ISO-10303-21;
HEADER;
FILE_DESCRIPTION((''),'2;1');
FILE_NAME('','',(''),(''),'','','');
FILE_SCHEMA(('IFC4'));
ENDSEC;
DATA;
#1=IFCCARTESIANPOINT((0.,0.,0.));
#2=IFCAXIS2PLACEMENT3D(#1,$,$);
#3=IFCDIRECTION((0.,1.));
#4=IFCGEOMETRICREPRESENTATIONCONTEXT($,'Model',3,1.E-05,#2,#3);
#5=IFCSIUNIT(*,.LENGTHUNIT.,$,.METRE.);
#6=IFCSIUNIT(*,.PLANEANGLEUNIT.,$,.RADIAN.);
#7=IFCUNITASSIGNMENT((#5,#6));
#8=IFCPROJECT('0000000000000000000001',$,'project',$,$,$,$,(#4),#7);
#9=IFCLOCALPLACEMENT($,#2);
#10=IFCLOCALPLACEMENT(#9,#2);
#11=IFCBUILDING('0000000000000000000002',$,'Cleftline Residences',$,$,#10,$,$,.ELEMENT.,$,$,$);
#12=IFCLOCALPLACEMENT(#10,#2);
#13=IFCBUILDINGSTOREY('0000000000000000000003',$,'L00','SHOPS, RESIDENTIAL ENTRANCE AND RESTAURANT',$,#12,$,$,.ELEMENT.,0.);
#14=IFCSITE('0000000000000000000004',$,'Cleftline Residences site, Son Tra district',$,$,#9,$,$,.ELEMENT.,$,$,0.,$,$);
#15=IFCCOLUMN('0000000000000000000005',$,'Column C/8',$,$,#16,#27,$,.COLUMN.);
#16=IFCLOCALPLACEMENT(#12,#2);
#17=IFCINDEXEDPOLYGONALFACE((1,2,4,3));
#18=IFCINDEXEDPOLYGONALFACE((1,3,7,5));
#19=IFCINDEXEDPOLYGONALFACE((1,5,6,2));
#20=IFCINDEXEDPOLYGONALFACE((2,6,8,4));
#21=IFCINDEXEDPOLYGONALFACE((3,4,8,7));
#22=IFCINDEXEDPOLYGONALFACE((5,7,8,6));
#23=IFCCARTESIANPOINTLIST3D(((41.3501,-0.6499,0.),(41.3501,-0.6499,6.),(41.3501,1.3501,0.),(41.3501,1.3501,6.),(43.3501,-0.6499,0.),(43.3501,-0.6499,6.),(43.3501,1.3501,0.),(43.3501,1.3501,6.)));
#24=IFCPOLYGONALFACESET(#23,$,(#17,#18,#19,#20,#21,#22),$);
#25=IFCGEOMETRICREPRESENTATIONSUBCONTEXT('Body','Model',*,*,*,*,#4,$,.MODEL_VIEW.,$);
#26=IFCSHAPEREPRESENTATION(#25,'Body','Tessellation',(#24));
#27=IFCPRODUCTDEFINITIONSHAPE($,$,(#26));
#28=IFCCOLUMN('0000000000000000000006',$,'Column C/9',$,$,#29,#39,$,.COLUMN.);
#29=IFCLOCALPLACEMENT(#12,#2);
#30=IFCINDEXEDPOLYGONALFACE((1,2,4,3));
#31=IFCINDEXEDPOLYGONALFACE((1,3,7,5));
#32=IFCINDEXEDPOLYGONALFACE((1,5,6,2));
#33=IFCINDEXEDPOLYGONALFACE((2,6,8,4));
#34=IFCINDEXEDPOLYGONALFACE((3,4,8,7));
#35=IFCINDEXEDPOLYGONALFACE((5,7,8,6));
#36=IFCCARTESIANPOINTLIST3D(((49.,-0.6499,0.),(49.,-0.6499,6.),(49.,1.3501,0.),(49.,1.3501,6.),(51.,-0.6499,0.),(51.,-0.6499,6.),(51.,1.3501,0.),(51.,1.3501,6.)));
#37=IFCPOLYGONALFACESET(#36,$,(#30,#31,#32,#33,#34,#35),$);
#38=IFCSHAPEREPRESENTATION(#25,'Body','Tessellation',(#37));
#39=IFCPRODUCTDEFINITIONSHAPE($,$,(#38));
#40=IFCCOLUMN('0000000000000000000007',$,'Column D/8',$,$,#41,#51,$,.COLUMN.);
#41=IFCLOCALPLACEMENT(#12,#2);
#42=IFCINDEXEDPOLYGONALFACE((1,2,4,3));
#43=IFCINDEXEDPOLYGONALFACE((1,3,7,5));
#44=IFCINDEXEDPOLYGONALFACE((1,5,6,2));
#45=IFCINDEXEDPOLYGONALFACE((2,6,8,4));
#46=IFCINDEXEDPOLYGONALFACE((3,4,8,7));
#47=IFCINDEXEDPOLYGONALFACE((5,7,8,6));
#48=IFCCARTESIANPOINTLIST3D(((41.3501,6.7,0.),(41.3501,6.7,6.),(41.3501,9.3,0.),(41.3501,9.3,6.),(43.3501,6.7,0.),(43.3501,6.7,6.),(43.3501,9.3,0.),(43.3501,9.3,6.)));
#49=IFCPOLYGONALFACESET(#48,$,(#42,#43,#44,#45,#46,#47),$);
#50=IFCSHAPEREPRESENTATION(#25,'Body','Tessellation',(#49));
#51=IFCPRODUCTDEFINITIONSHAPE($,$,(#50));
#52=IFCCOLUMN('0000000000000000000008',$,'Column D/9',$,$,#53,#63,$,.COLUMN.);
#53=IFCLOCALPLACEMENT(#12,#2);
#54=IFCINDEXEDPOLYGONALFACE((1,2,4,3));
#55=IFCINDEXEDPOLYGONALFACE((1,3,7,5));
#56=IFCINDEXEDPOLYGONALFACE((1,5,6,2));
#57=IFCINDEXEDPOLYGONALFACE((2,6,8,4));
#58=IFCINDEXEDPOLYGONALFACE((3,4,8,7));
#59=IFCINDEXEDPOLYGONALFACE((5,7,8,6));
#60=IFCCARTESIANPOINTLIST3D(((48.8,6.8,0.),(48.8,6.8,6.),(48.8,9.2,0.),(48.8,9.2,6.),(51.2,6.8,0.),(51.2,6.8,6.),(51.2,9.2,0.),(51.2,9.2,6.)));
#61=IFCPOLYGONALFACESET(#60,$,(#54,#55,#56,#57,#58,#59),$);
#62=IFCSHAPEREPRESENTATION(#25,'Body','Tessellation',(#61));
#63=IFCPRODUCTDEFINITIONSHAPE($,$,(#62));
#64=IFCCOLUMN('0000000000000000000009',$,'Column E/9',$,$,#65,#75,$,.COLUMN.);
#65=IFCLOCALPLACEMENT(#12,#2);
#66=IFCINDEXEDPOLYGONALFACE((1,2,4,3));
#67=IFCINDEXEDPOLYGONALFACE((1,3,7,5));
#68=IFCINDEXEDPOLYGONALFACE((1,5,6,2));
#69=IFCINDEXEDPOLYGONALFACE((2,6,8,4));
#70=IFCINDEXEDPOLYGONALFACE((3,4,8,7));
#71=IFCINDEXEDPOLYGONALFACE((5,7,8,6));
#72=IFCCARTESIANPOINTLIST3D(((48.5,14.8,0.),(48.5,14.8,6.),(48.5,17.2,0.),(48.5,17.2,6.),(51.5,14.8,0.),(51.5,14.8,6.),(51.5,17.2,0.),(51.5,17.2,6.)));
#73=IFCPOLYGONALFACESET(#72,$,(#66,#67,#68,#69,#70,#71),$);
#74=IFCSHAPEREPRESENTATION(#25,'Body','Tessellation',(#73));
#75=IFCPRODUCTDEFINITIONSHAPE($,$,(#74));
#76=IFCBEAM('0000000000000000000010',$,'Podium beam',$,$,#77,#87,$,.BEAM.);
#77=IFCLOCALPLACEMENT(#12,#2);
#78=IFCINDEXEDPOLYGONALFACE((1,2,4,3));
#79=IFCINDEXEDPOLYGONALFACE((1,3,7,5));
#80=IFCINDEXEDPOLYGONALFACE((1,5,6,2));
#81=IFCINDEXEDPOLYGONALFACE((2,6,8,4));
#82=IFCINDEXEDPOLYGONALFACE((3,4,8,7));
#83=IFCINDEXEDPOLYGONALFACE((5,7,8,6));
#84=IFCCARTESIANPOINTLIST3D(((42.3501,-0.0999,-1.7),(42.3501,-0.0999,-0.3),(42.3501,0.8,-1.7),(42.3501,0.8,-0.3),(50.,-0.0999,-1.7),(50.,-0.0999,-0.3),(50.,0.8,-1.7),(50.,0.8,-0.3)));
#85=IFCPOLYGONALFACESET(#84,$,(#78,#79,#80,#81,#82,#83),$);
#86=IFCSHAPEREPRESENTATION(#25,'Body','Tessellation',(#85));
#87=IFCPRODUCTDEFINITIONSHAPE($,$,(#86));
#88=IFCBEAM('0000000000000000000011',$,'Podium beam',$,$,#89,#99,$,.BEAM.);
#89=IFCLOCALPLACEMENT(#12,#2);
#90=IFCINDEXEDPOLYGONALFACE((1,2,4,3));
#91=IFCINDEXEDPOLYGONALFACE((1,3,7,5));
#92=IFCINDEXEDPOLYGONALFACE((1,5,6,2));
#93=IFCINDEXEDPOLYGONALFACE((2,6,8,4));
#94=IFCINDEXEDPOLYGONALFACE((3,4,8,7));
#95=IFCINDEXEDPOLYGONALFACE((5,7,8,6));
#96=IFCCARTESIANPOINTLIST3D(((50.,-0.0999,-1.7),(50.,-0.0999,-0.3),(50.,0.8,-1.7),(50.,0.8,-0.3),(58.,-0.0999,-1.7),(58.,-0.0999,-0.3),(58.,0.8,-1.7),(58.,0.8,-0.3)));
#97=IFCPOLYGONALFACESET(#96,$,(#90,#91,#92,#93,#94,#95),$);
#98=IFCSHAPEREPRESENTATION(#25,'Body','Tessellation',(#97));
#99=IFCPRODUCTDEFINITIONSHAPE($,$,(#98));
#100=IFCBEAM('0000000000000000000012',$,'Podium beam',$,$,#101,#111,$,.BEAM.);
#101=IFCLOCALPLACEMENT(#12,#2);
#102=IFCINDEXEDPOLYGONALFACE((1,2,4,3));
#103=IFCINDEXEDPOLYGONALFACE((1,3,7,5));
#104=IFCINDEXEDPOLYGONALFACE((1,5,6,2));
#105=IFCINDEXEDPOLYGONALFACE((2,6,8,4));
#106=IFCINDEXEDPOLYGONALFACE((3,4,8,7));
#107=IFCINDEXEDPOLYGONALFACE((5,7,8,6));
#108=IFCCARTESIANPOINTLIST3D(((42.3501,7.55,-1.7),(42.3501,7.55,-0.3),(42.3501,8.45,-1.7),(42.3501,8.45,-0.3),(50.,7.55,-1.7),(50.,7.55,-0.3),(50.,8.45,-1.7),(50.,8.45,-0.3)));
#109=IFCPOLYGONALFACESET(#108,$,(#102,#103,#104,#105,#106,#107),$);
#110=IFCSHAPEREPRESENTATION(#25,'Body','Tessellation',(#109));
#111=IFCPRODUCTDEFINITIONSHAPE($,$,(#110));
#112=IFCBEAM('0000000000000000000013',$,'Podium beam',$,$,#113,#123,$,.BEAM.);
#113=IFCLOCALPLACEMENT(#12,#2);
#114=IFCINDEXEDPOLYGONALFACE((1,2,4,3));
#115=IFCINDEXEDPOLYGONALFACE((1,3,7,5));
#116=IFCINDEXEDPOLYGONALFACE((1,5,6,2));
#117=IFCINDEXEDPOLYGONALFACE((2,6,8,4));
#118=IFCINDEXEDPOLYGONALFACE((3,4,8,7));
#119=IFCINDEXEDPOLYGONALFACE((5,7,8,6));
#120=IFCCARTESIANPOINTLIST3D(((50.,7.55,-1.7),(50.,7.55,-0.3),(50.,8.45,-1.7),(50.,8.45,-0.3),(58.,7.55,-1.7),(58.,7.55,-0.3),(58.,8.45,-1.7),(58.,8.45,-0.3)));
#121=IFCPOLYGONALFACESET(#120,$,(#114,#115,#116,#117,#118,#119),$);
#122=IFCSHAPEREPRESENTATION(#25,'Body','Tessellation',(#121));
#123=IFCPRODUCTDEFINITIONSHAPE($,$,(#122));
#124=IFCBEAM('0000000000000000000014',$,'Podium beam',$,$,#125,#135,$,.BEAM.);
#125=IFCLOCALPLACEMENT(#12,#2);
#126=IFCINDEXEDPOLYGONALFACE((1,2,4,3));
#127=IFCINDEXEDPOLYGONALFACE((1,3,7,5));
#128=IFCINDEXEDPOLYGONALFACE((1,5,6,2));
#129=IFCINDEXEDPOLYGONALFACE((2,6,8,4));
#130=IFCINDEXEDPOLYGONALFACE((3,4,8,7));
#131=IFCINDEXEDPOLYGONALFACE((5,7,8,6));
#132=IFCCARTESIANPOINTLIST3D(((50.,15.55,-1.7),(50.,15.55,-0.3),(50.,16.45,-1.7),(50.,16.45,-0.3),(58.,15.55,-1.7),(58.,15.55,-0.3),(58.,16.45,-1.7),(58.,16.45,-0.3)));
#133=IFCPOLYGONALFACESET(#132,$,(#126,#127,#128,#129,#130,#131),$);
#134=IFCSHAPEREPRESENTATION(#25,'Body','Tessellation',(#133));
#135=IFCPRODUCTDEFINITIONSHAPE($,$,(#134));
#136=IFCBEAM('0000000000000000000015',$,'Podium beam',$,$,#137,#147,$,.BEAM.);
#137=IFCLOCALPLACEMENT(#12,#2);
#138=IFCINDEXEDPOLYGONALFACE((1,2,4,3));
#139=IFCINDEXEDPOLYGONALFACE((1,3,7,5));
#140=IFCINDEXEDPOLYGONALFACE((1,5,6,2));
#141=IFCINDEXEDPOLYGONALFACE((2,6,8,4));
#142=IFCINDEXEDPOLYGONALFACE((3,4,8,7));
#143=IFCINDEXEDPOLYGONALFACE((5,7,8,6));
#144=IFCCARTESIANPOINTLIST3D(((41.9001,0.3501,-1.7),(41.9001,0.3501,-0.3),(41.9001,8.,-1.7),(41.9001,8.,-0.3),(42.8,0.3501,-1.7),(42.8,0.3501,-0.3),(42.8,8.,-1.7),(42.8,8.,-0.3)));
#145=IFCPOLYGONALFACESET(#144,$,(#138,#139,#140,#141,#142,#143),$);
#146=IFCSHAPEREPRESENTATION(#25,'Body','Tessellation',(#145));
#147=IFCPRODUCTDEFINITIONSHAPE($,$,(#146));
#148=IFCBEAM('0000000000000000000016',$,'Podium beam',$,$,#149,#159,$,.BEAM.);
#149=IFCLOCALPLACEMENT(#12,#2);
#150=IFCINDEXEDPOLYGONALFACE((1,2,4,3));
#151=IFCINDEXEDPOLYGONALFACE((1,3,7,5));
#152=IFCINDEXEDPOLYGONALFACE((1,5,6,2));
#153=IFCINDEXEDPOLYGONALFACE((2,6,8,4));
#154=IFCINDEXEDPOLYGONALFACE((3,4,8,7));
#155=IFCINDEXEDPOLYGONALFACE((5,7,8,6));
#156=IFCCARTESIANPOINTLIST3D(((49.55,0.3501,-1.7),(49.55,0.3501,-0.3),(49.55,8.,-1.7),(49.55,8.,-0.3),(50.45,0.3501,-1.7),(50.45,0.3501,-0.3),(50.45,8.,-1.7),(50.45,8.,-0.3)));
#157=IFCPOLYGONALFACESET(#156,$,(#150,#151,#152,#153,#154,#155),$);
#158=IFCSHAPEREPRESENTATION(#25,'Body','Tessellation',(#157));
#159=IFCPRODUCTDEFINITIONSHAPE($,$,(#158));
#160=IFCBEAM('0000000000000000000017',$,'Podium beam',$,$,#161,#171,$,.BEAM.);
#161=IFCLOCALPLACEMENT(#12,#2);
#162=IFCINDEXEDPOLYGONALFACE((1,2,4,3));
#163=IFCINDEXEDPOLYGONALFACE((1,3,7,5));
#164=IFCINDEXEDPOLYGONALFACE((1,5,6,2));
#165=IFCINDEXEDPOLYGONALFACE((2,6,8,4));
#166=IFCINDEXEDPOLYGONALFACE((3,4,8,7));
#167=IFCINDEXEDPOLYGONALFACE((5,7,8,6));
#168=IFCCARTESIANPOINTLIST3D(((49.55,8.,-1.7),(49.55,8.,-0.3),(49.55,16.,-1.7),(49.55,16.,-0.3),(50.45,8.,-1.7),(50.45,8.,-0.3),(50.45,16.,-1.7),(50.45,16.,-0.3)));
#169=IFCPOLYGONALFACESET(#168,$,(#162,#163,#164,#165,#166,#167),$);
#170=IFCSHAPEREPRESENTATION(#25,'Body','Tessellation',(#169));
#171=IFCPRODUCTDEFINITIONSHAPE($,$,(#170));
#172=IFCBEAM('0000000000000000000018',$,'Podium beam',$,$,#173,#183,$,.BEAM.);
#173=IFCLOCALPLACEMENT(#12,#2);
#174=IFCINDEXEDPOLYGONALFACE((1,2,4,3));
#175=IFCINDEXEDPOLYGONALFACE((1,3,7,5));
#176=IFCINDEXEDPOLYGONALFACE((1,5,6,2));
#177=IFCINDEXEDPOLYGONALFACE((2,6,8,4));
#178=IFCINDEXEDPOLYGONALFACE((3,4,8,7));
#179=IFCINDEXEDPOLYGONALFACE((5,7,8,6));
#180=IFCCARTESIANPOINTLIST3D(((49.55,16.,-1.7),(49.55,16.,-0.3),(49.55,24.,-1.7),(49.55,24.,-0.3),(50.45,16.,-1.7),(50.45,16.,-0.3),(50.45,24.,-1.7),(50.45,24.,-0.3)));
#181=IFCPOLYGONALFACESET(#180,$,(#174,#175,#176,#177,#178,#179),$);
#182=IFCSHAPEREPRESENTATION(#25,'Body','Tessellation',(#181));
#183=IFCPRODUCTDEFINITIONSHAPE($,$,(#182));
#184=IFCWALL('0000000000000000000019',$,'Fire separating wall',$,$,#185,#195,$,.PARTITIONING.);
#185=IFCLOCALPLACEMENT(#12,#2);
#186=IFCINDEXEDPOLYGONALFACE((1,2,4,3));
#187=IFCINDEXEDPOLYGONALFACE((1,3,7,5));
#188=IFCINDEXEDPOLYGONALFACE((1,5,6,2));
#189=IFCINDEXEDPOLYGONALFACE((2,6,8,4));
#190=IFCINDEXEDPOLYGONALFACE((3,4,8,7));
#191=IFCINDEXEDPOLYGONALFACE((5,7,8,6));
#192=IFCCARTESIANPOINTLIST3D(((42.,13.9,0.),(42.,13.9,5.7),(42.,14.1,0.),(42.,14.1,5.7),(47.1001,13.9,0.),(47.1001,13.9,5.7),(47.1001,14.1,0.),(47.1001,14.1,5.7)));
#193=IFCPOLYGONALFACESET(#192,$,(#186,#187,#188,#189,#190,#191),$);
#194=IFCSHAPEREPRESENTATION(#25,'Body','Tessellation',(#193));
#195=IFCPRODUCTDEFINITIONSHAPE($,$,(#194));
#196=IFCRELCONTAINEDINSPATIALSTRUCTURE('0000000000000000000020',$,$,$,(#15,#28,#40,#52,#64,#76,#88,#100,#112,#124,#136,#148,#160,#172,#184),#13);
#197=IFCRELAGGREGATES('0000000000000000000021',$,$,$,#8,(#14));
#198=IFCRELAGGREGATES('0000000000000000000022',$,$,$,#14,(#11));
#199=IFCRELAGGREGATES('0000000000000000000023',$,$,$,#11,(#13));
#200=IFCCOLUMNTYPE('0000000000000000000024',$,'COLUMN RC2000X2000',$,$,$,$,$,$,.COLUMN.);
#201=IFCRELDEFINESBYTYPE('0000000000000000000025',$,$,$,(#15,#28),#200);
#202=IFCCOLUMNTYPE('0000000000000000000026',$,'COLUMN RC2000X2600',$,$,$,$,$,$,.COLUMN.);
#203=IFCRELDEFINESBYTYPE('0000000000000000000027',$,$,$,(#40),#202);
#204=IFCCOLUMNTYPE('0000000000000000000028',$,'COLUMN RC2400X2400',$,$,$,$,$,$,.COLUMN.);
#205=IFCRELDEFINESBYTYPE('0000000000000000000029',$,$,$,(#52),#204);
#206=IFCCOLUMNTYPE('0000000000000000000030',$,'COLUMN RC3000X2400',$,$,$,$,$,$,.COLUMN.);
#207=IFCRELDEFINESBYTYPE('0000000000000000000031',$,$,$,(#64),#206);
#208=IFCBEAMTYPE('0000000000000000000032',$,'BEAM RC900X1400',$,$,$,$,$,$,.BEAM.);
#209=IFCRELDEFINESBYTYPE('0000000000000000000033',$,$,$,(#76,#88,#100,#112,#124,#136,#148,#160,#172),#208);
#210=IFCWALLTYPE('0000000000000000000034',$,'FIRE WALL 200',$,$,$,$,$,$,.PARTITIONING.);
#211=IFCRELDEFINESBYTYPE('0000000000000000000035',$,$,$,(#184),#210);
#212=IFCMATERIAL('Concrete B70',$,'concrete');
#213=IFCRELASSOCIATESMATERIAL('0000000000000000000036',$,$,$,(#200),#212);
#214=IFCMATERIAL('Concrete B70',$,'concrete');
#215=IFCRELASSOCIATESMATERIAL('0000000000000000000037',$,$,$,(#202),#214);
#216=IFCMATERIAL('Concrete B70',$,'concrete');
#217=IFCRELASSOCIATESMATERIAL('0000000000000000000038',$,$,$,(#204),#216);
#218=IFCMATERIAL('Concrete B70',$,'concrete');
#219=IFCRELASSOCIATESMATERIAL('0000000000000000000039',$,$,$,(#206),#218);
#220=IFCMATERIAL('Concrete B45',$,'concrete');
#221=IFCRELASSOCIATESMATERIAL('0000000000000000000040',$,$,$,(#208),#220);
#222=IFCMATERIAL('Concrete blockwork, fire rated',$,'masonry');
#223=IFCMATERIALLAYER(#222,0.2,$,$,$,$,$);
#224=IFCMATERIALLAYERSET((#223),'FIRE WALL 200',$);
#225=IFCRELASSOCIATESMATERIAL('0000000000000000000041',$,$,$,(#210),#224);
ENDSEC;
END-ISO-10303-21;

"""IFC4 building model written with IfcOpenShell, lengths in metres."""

from ifc_helpers import new_model, si_unit, direction, frame, frame_2d, origin, origin_2d, place, context, subcontext, project, spatial, rectangle, extrude, material, layer, layer_set, material_profile, profile_set, type_object, element, save


model = new_model("IFC4")

# Units and contexts
model_context = context("Model", 3, precision=1e-05, world=origin(), true_north=direction((0.0, 1.0)))
body_context = subcontext(model_context, "Body", "Model", "MODEL_VIEW")
ifc_project = project(units=[si_unit("LENGTHUNIT", "METRE"), si_unit("PLANEANGLEUNIT", "RADIAN")], contexts=[model_context])

# Site, building, storey
site_placement = place(None, origin())
site = spatial("IfcSite", under=ifc_project, at=site_placement, Name="Cleftline Residences site, Son Tra district", CompositionType="ELEMENT", RefElevation=0.0)
building_placement = place(site_placement, origin())
building = spatial("IfcBuilding", under=site, at=building_placement, Name="Cleftline Residences", CompositionType="ELEMENT")
storey_placement = place(building_placement, origin())
storey = spatial("IfcBuildingStorey", under=building, at=storey_placement, Name="L00", Description="SHOPS, RESIDENTIAL ENTRANCE AND RESTAURANT", CompositionType="ELEMENT", Elevation=0.0)

# Columns
ifc_material_1 = material(Name="Concrete B70", Category="concrete")
ifc_material_profile_1 = material_profile(ifc_material_1, rectangle(XDim=2.0, YDim=2.0, at=origin_2d()))
ifc_profile_set_1 = profile_set([ifc_material_profile_1], Name="Concrete B70")
column_type_1 = type_object("IfcColumnType", Name="COLUMN RC2000X2000", PredefinedType="COLUMN", material=ifc_profile_set_1)
for number, where, z_axis, x_axis, name in (
    (1, (42.3501, 0.3501, 0.0), (0.0, 0.0, 1.0), (1.0, 0.0, 0.0), "Column C/8"),
    (2, (50.0, 0.3501, 0.0), (0.0, 0.0, 1.0), (1.0, 0.0, 0.0), "Column C/9"),
):
    element("IfcColumn", number, at=place(storey_placement, frame(where, z_axis=z_axis, x_axis=x_axis)), inside=storey, type_object=column_type_1, Name=name, PredefinedType="COLUMN", context=body_context, shape_type="SweptSolid", body=[
        extrude(rectangle(XDim=2.0, YDim=2.0, at=origin_2d()), origin(), (0.0, 0.0, 1.0), 6.0),
    ])
ifc_material_2 = material(Name="Concrete B70", Category="concrete")
ifc_material_profile_2 = material_profile(ifc_material_2, rectangle(XDim=2.0, YDim=2.6001, at=origin_2d()))
ifc_profile_set_2 = profile_set([ifc_material_profile_2], Name="Concrete B70")
column_type_2 = type_object("IfcColumnType", Name="COLUMN RC2000X2600", PredefinedType="COLUMN", material=ifc_profile_set_2)
column_1_placement = place(storey_placement, frame((42.3501, 8.0, 0.0), z_axis=(0.0, 0.0, 1.0), x_axis=(1.0, 0.0, 0.0)))
element("IfcColumn", 3, at=column_1_placement, inside=storey, type_object=column_type_2, Name="Column D/8", PredefinedType="COLUMN", context=body_context, shape_type="SweptSolid", body=[
    extrude(rectangle(XDim=2.0, YDim=2.6001, at=origin_2d()), origin(), (0.0, 0.0, 1.0), 6.0),
])
ifc_material_3 = material(Name="Concrete B70", Category="concrete")
ifc_material_profile_3 = material_profile(ifc_material_3, rectangle(XDim=2.3999, YDim=2.3999, at=origin_2d()))
ifc_profile_set_3 = profile_set([ifc_material_profile_3], Name="Concrete B70")
column_type_3 = type_object("IfcColumnType", Name="COLUMN RC2400X2400", PredefinedType="COLUMN", material=ifc_profile_set_3)
column_2_placement = place(storey_placement, frame((50.0, 8.0, 0.0), z_axis=(0.0, 0.0, 1.0), x_axis=(1.0, 0.0, 0.0)))
element("IfcColumn", 4, at=column_2_placement, inside=storey, type_object=column_type_3, Name="Column D/9", PredefinedType="COLUMN", context=body_context, shape_type="SweptSolid", body=[
    extrude(rectangle(XDim=2.3999, YDim=2.3999, at=origin_2d()), origin(), (0.0, 0.0, 1.0), 6.0),
])
ifc_material_4 = material(Name="Concrete B70", Category="concrete")
ifc_material_profile_4 = material_profile(ifc_material_4, rectangle(XDim=3.0, YDim=2.3999, at=origin_2d()))
ifc_profile_set_4 = profile_set([ifc_material_profile_4], Name="Concrete B70")
column_type_4 = type_object("IfcColumnType", Name="COLUMN RC3000X2400", PredefinedType="COLUMN", material=ifc_profile_set_4)
column_3_placement = place(storey_placement, frame((50.0, 16.0, 0.0), z_axis=(0.0, 0.0, 1.0), x_axis=(1.0, 0.0, 0.0)))
element("IfcColumn", 5, at=column_3_placement, inside=storey, type_object=column_type_4, Name="Column E/9", PredefinedType="COLUMN", context=body_context, shape_type="SweptSolid", body=[
    extrude(rectangle(XDim=3.0, YDim=2.3999, at=origin_2d()), origin(), (0.0, 0.0, 1.0), 6.0),
])

# Beams
ifc_material_5 = material(Name="Concrete B45", Category="concrete")
ifc_material_profile_5 = material_profile(ifc_material_5, rectangle(XDim=0.8999, YDim=1.3999, at=origin_2d()))
ifc_profile_set_5 = profile_set([ifc_material_profile_5], Name="Concrete B45")
beam_type = type_object("IfcBeamType", Name="BEAM RC900X1400", PredefinedType="BEAM", material=ifc_profile_set_5)
beam_1_placement = place(storey_placement, frame((42.3501, 0.3501, -1.0), z_axis=(1.0, 0.0, 0.0), x_axis=(0.0, 1.0, 0.0)))
element("IfcBeam", 6, at=beam_1_placement, inside=storey, type_object=beam_type, Name="Podium beam", PredefinedType="BEAM", context=body_context, shape_type="SweptSolid", body=[
    extrude(rectangle(XDim=0.8999, YDim=1.3999, at=origin_2d()), origin(), (0.0, 0.0, 1.0), 7.6499),
])
beam_2_placement = place(storey_placement, frame((50.0, 0.3501, -1.0), z_axis=(1.0, 0.0, 0.0), x_axis=(0.0, 1.0, 0.0)))
element("IfcBeam", 7, at=beam_2_placement, inside=storey, type_object=beam_type, Name="Podium beam", PredefinedType="BEAM", context=body_context, shape_type="SweptSolid", body=[
    extrude(rectangle(XDim=0.8999, YDim=1.3999, at=origin_2d()), origin(), (0.0, 0.0, 1.0), 8.0),
])
beam_3_placement = place(storey_placement, frame((42.3501, 8.0, -1.0), z_axis=(1.0, 0.0, 0.0), x_axis=(0.0, 1.0, 0.0)))
element("IfcBeam", 8, at=beam_3_placement, inside=storey, type_object=beam_type, Name="Podium beam", PredefinedType="BEAM", context=body_context, shape_type="SweptSolid", body=[
    extrude(rectangle(XDim=0.8999, YDim=1.3999, at=origin_2d()), origin(), (0.0, 0.0, 1.0), 7.6499),
])
for number, where, z_axis, x_axis, name in (
    (9, (50.0, 8.0, -1.0), (1.0, 0.0, 0.0), (0.0, 1.0, 0.0), "Podium beam"),
    (10, (50.0, 16.0, -1.0), (1.0, 0.0, 0.0), (0.0, 1.0, 0.0), "Podium beam"),
):
    element("IfcBeam", number, at=place(storey_placement, frame(where, z_axis=z_axis, x_axis=x_axis)), inside=storey, type_object=beam_type, Name=name, PredefinedType="BEAM", context=body_context, shape_type="SweptSolid", body=[
        extrude(rectangle(XDim=0.8999, YDim=1.3999, at=origin_2d()), origin(), (0.0, 0.0, 1.0), 8.0),
    ])
for number, where, z_axis, x_axis, name in (
    (11, (42.3501, 0.3501, -1.0), (0.0, 1.0, 0.0), (-1.0, 0.0, 0.0), "Podium beam"),
    (12, (50.0, 0.3501, -1.0), (0.0, 1.0, 0.0), (-1.0, 0.0, 0.0), "Podium beam"),
):
    element("IfcBeam", number, at=place(storey_placement, frame(where, z_axis=z_axis, x_axis=x_axis)), inside=storey, type_object=beam_type, Name=name, PredefinedType="BEAM", context=body_context, shape_type="SweptSolid", body=[
        extrude(rectangle(XDim=0.8999, YDim=1.3999, at=origin_2d()), origin(), (0.0, 0.0, 1.0), 7.6499),
    ])
for number, where, z_axis, x_axis, name in (
    (13, (50.0, 8.0, -1.0), (0.0, 1.0, 0.0), (-1.0, 0.0, 0.0), "Podium beam"),
    (14, (50.0, 16.0, -1.0), (0.0, 1.0, 0.0), (-1.0, 0.0, 0.0), "Podium beam"),
):
    element("IfcBeam", number, at=place(storey_placement, frame(where, z_axis=z_axis, x_axis=x_axis)), inside=storey, type_object=beam_type, Name=name, PredefinedType="BEAM", context=body_context, shape_type="SweptSolid", body=[
        extrude(rectangle(XDim=0.8999, YDim=1.3999, at=origin_2d()), origin(), (0.0, 0.0, 1.0), 8.0),
    ])

# Wall
ifc_material_6 = material(Name="Concrete blockwork, fire rated", Category="masonry")
ifc_layer_1 = layer(ifc_material_6, 0.2)
ifc_layer_set_1 = layer_set([ifc_layer_1], Name="FIRE WALL 200")
wall_type_1 = type_object("IfcWallType", Name="FIRE WALL 200", PredefinedType="PARTITIONING", material=ifc_layer_set_1)
for number, where, z_axis, x_axis, name in (
    (15, (42.0, 14.0, 0.0), (0.0, 0.0, 1.0), (1.0, 0.0, 0.0), "Fire separating wall"),
):
    element("IfcWall", number, at=place(storey_placement, frame(where, z_axis=z_axis, x_axis=x_axis)), inside=storey, type_object=wall_type_1, Name=name, PredefinedType="PARTITIONING", context=body_context, shape_type="SweptSolid", body=[
        extrude(rectangle(XDim=5.1001, YDim=0.2, at=frame_2d((2.55, 0.0))), origin(), (0.0, 0.0, 1.0), 5.7),
    ])

save(model, "model.ifc")
